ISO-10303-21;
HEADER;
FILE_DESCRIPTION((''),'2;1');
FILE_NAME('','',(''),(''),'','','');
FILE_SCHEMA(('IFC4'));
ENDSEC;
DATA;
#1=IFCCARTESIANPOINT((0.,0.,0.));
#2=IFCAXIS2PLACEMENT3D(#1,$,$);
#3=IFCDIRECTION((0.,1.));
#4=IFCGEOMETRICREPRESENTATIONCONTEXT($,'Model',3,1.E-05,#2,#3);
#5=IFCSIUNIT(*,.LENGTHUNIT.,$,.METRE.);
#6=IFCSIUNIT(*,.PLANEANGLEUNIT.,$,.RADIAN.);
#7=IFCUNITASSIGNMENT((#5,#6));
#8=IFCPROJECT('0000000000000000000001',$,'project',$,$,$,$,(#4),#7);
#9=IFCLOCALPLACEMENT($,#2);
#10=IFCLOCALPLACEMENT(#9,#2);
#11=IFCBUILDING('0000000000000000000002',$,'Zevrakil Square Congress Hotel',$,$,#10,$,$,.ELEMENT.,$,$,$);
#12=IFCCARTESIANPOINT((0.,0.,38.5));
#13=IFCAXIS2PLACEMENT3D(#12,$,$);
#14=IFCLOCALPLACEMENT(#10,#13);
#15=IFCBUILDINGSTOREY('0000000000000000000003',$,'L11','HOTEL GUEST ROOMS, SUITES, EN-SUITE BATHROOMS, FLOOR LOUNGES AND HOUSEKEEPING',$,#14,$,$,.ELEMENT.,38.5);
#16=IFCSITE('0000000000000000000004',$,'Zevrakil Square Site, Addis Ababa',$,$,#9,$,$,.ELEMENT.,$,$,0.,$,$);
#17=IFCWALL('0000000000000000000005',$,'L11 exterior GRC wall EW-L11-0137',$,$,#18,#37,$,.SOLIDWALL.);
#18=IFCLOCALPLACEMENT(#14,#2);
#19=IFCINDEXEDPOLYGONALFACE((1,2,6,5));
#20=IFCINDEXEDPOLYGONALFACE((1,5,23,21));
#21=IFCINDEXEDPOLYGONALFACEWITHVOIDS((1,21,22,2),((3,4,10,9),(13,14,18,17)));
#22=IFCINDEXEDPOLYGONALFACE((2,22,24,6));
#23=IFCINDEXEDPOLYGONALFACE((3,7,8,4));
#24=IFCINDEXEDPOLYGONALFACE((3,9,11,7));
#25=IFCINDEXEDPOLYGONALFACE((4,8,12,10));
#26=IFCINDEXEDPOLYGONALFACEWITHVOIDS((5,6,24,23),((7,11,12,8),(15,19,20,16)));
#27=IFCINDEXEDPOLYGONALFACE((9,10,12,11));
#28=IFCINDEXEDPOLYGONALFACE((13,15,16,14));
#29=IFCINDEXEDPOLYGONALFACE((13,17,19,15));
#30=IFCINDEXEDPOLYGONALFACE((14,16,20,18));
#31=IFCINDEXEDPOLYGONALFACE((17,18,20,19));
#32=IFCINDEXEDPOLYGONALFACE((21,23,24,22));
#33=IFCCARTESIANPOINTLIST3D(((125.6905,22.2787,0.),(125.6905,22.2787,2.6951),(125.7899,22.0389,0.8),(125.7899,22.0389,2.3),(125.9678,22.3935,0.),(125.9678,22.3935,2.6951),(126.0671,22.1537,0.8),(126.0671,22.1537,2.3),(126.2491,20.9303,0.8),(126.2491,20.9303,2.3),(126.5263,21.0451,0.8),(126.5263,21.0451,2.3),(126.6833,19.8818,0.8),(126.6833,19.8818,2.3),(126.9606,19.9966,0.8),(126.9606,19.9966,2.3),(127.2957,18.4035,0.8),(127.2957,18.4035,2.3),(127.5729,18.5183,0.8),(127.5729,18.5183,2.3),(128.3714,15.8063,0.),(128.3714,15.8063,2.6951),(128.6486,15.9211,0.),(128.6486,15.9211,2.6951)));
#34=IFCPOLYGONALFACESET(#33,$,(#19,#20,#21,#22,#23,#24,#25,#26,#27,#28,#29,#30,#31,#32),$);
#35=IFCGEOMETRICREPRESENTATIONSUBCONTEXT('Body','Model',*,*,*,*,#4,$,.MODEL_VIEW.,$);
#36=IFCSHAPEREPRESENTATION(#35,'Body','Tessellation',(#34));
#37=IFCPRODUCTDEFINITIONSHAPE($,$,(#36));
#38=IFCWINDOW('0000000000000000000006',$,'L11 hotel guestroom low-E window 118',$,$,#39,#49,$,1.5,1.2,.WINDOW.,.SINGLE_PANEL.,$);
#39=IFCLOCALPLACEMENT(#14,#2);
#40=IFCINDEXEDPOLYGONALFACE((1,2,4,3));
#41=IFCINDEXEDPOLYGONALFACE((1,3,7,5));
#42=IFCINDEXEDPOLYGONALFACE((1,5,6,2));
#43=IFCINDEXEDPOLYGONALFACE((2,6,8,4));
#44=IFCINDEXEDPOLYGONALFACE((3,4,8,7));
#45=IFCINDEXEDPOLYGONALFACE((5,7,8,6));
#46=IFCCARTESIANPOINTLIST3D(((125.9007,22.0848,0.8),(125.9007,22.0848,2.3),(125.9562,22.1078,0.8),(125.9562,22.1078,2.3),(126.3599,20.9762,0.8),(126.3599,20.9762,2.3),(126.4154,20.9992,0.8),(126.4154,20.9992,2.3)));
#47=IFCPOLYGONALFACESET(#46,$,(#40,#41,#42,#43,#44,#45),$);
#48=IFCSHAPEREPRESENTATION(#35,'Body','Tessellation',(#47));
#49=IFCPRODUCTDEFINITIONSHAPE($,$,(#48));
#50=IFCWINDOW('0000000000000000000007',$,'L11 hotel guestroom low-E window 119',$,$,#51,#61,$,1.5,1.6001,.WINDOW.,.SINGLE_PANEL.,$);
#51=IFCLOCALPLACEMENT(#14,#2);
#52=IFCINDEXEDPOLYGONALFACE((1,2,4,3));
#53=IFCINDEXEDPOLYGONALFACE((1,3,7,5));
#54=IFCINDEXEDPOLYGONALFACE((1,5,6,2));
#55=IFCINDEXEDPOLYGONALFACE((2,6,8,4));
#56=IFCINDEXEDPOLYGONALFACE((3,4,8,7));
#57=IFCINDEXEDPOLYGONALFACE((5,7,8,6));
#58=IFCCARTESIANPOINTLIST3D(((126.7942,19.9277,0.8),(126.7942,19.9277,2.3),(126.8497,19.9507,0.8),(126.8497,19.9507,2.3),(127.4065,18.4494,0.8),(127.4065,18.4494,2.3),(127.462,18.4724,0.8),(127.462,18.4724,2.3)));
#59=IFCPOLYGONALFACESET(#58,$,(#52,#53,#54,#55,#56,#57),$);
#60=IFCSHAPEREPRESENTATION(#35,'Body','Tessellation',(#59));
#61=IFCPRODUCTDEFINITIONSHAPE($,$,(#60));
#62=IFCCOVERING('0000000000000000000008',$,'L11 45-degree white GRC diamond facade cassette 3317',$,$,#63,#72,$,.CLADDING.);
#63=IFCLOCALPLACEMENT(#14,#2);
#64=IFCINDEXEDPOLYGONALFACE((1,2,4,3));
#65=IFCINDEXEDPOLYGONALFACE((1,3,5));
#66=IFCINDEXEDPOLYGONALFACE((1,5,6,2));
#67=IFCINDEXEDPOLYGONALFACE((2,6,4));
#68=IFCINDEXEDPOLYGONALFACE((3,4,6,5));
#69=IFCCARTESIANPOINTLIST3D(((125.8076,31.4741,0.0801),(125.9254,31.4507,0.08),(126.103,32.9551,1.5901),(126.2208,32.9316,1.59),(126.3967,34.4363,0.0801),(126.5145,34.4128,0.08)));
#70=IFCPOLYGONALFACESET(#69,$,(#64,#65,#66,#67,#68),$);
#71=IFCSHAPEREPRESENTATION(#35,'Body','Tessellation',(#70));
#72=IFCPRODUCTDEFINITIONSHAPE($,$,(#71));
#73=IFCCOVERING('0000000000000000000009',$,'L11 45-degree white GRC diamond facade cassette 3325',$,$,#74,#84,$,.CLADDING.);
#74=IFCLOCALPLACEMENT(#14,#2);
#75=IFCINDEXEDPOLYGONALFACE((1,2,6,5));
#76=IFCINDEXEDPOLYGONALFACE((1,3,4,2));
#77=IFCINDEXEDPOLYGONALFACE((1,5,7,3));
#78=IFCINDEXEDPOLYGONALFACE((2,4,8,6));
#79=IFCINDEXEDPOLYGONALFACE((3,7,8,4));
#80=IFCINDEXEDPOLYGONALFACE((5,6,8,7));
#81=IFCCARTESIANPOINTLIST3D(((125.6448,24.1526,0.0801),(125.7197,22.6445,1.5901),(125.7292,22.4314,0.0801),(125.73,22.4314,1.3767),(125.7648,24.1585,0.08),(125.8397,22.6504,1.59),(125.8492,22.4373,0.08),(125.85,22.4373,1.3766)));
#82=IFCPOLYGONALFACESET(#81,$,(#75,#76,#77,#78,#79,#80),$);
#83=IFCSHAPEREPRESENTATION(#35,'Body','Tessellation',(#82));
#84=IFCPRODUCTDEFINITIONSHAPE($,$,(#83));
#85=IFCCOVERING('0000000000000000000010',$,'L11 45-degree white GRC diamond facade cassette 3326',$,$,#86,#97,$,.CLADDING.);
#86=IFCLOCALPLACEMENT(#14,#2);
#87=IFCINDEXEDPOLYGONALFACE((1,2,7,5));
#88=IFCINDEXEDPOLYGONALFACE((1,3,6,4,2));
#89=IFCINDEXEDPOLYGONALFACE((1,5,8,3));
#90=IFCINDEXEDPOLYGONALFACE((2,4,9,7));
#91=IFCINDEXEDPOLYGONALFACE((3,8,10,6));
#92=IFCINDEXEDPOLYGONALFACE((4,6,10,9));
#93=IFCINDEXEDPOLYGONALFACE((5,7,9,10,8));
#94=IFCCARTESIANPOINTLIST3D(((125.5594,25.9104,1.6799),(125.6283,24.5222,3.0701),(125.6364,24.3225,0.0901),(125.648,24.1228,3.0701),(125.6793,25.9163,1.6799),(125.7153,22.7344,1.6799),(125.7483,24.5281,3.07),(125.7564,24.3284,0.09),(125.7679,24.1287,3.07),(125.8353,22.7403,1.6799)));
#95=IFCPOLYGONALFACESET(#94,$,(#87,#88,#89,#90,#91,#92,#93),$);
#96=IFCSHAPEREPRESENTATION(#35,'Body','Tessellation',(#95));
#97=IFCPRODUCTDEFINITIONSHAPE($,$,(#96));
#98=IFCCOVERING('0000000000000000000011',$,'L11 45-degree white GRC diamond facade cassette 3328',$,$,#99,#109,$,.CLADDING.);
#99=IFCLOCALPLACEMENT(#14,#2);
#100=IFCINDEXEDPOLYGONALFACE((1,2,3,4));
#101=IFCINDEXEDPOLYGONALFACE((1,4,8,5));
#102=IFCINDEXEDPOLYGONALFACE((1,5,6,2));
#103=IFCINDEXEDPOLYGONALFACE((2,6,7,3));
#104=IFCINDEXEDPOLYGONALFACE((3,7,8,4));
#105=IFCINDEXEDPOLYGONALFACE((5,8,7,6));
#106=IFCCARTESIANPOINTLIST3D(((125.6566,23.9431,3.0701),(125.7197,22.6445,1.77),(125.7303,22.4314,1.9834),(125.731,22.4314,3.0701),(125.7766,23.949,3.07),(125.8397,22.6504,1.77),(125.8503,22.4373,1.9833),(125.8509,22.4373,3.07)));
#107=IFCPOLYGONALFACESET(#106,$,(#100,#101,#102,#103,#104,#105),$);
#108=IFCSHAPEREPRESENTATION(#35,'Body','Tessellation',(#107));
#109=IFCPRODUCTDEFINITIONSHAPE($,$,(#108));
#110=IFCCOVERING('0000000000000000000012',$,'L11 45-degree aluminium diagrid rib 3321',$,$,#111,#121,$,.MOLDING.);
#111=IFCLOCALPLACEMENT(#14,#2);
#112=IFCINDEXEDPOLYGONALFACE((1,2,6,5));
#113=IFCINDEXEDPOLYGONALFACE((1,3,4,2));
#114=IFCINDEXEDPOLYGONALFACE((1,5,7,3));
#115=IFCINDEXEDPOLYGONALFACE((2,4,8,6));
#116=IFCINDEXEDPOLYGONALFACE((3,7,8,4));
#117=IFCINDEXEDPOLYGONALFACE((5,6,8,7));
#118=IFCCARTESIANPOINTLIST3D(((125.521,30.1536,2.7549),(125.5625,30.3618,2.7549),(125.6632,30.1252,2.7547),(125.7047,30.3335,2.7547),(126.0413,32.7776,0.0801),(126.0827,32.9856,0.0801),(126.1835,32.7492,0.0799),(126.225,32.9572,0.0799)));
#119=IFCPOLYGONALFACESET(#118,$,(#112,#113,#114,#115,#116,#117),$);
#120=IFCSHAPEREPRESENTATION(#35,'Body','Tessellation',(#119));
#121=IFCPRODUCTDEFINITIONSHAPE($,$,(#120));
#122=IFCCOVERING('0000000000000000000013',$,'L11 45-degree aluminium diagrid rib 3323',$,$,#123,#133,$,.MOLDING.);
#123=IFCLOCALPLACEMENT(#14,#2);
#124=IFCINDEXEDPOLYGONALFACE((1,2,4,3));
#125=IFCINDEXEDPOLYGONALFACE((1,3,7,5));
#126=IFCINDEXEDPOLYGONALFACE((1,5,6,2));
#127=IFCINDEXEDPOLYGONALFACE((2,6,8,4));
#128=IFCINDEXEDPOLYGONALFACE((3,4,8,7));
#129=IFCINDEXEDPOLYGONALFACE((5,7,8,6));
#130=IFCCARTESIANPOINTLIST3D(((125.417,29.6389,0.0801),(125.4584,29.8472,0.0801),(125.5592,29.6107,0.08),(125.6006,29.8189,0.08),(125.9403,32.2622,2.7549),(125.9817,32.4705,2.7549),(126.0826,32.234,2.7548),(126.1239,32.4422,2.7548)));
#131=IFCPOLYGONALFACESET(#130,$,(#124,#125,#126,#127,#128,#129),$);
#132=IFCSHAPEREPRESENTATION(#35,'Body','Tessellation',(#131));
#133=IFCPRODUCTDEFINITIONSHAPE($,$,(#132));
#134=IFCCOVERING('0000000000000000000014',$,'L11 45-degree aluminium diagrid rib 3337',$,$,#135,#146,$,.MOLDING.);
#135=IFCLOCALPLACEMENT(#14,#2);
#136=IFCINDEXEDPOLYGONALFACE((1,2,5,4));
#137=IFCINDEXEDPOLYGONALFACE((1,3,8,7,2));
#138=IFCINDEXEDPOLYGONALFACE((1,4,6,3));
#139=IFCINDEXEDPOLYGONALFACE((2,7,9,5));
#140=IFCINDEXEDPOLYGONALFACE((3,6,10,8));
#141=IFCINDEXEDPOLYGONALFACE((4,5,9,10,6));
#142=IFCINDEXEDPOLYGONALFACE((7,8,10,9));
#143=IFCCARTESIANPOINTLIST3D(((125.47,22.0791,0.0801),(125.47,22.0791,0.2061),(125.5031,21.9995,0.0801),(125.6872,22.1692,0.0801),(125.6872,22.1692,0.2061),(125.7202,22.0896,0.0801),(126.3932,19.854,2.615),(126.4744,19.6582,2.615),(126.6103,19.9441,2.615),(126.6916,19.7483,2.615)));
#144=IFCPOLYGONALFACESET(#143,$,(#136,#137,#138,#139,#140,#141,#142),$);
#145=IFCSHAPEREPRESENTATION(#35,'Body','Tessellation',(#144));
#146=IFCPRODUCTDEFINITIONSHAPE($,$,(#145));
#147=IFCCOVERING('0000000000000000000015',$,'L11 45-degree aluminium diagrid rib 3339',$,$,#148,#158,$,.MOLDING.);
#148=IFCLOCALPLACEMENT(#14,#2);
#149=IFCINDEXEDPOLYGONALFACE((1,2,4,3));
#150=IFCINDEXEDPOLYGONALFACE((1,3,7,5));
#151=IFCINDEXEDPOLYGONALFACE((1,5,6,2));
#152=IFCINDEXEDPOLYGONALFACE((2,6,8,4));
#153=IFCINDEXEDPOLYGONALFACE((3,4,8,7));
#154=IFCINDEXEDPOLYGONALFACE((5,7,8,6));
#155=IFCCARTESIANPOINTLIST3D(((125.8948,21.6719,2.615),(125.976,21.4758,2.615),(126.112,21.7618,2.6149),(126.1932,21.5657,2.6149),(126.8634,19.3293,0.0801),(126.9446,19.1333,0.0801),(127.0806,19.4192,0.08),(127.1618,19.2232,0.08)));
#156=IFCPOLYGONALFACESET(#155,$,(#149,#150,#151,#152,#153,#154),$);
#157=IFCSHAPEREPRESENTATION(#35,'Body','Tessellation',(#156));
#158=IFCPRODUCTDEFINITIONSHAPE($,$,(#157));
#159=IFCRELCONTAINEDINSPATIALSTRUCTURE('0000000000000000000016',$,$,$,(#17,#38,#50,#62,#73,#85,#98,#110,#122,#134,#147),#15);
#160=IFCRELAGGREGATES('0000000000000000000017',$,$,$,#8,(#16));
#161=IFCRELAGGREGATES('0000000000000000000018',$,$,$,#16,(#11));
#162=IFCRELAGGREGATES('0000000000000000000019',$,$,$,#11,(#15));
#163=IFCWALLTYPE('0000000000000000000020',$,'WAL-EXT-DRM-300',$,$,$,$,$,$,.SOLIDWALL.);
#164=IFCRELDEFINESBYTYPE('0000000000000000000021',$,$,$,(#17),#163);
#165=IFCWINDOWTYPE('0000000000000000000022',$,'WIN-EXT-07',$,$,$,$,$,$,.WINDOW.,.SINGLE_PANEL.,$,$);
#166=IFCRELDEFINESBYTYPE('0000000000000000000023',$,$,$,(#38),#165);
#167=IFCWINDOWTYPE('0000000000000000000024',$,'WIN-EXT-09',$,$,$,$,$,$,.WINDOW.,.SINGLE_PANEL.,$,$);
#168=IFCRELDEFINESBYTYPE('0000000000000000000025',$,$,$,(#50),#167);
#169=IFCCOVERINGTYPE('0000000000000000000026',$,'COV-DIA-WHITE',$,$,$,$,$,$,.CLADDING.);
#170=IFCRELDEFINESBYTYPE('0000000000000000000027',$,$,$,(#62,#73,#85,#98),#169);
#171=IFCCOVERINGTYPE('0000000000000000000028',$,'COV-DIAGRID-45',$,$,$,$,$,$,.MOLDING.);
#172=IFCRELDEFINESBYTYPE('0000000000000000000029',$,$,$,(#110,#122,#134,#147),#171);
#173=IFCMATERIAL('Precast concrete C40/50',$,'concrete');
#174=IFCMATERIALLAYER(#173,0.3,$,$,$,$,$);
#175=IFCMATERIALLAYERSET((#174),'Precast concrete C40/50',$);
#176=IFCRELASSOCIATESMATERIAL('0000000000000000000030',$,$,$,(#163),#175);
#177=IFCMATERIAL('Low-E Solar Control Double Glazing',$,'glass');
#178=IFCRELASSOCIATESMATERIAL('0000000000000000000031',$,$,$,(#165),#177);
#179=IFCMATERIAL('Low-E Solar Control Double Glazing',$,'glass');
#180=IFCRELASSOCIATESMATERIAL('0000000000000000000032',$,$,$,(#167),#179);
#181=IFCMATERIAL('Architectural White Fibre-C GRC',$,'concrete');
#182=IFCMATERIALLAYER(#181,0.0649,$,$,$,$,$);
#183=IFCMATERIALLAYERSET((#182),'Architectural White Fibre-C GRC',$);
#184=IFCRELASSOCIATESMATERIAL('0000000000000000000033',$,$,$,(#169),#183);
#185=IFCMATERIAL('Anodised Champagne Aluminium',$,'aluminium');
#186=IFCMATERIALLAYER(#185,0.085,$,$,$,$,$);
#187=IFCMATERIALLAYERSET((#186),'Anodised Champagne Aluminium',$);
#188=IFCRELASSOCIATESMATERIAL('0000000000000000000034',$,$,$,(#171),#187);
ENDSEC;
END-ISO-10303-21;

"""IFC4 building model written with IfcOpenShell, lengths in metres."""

from ifc_helpers import new_model, si_unit, direction, frame, frame_2d, origin, place, context, subcontext, project, spatial, polyline, rectangle, outline, extrude, material, layer, layer_set, type_object, element, fill, save


model = new_model("IFC4")

# Units and contexts
model_context = context("Model", 3, precision=1e-05, world=origin(), true_north=direction((0.0, 1.0)))
body_context = subcontext(model_context, "Body", "Model", "MODEL_VIEW")
ifc_project = project(units=[si_unit("LENGTHUNIT", "METRE"), si_unit("PLANEANGLEUNIT", "RADIAN")], contexts=[model_context])

# Site, building, storey
site_placement = place(None, origin())
site = spatial("IfcSite", under=ifc_project, at=site_placement, Name="Zevrakil Square Site, Addis Ababa", CompositionType="ELEMENT", RefElevation=0.0)
building_placement = place(site_placement, origin())
building = spatial("IfcBuilding", under=site, at=building_placement, Name="Zevrakil Square Congress Hotel", CompositionType="ELEMENT")
storey_placement = place(building_placement, frame((0.0, 0.0, 38.5)))
storey = spatial("IfcBuildingStorey", under=building, at=storey_placement, Name="L11", Description="HOTEL GUEST ROOMS, SUITES, EN-SUITE BATHROOMS, FLOOR LOUNGES AND HOUSEKEEPING", CompositionType="ELEMENT", Elevation=38.5)

# Wall, openings, windows
ifc_material_1 = material(Name="Precast concrete C40/50", Category="concrete")
ifc_layer_1 = layer(ifc_material_1, 0.3)
ifc_layer_set_1 = layer_set([ifc_layer_1], Name="Precast concrete C40/50")
wall_type = type_object("IfcWallType", Name="WAL-EXT-DRM-300", PredefinedType="SOLIDWALL", material=ifc_layer_set_1)
wall_placement = place(storey_placement, frame((125.8291, 22.3362, 0.0), z_axis=(0.0, 0.0, 1.0), x_axis=(0.382677, -0.923882, 0.0)))
wall = element("IfcWall", 1, at=wall_placement, inside=storey, type_object=wall_type, Name="L11 exterior GRC wall EW-L11-0137", PredefinedType="SOLIDWALL", context=body_context, shape_type="SweptSolid", body=[
    extrude(rectangle(XDim=7.0056, YDim=0.3, at=frame_2d((3.5029, 0.0))), origin(), (0.0, 0.0, 1.0), 2.6951),
])
opening_1_placement = place(wall_placement, frame((0.2595, 0.0, 0.8)))
opening_1 = element("IfcOpeningElement", 2, at=opening_1_placement, cuts=wall, PredefinedType="OPENING", context=body_context, shape_type="SweptSolid", body=[
    extrude(rectangle(XDim=1.2, YDim=1.5, at=frame_2d((0.6001, 0.75))), frame((0.0, 0.1602, 0.0), z_axis=(0.0, -1.0, 0.0), x_axis=(1.0, 0.0, 0.0)), (0.0, 0.0, 1.0), 0.3201),
])
opening_2_placement = place(wall_placement, frame((2.5945, 0.0, 0.8)))
opening_2 = element("IfcOpeningElement", 3, at=opening_2_placement, cuts=wall, PredefinedType="OPENING", context=body_context, shape_type="SweptSolid", body=[
    extrude(rectangle(XDim=1.6001, YDim=1.5, at=frame_2d((0.8, 0.75))), frame((0.0, 0.1602, 0.0), z_axis=(0.0, -1.0, 0.0), x_axis=(1.0, 0.0, 0.0)), (0.0, 0.0, 1.0), 0.3201),
])
ifc_material_2 = material(Name="Low-E Solar Control Double Glazing", Category="glass")
window_type_1 = type_object("IfcWindowType", Name="WIN-EXT-07", PartitioningType="SINGLE_PANEL", PredefinedType="WINDOW", material=ifc_material_2)
window_1_placement = place(opening_1_placement, origin())
window_1 = element("IfcWindow", 4, at=window_1_placement, inside=storey, type_object=window_type_1, Name="L11 hotel guestroom low-E window 118", OverallHeight=1.5, OverallWidth=1.2, PartitioningType="SINGLE_PANEL", PredefinedType="WINDOW", context=body_context, shape_type="SweptSolid", body=[
    extrude(rectangle(XDim=1.2, YDim=1.5, at=frame_2d((0.6001, 0.75))), frame((0.0, 0.03, 0.0), z_axis=(0.0, -1.0, 0.0), x_axis=(1.0, 0.0, 0.0)), (0.0, 0.0, 1.0), 0.0601),
])
fill(opening_1, window_1)
ifc_material_3 = material(Name="Low-E Solar Control Double Glazing", Category="glass")
window_type_2 = type_object("IfcWindowType", Name="WIN-EXT-09", PartitioningType="SINGLE_PANEL", PredefinedType="WINDOW", material=ifc_material_3)
window_2_placement = place(opening_2_placement, origin())
window_2 = element("IfcWindow", 5, at=window_2_placement, inside=storey, type_object=window_type_2, Name="L11 hotel guestroom low-E window 119", OverallHeight=1.5, OverallWidth=1.6001, PartitioningType="SINGLE_PANEL", PredefinedType="WINDOW", context=body_context, shape_type="SweptSolid", body=[
    extrude(rectangle(XDim=1.6001, YDim=1.5, at=frame_2d((0.8, 0.75))), frame((0.0, 0.03, 0.0), z_axis=(0.0, -1.0, 0.0), x_axis=(1.0, 0.0, 0.0)), (0.0, 0.0, 1.0), 0.0601),
])
fill(opening_2, window_2)

# Coverings
ifc_material_4 = material(Name="Architectural White Fibre-C GRC", Category="concrete")
ifc_layer_2 = layer(ifc_material_4, 0.0649)
ifc_layer_set_2 = layer_set([ifc_layer_2], Name="Architectural White Fibre-C GRC")
covering_type_1 = type_object("IfcCoveringType", Name="COV-DIA-WHITE", PredefinedType="CLADDING", material=ifc_layer_set_2)
covering_1_placement = place(storey_placement, frame((126.103, 32.9551, 1.5901), z_axis=(-0.980791, 0.195059, 0.000571), x_axis=(-0.138329, -0.693474, -0.707078)))
element("IfcCovering", 6, at=covering_1_placement, inside=storey, type_object=covering_type_1, Name="L11 45-degree white GRC diamond facade cassette 3317", PredefinedType="CLADDING", context=body_context, shape_type="SweptSolid", body=[
    extrude(outline(polyline([(0.0, 0.0), (2.1356, 0.0), (-0.0001, -2.1355), (0.0, 0.0)])), origin(), (0.0, 0.0, -1.0), 0.1201),
])
covering_2_placement = place(storey_placement, frame((125.7197, 22.6445, 1.5901), z_axis=(-0.9988, -0.04898, 0.000615), x_axis=(0.0342, -0.706283, -0.707103)))
element("IfcCovering", 7, at=covering_2_placement, inside=storey, type_object=covering_type_1, Name="L11 45-degree white GRC diamond facade cassette 3325", PredefinedType="CLADDING", context=body_context, shape_type="SweptSolid", body=[
    extrude(outline(polyline([(0.0, 0.0), (0.3018, 0.0), (1.2186, -0.9169), (0.0001, -2.1354), (0.0, 0.0)])), origin(), (0.0, 0.0, -1.0), 0.1201),
])
covering_3_placement = place(storey_placement, frame((125.7153, 22.7344, 1.6799), z_axis=(-0.998796, -0.049049, 0.000575), x_axis=(-0.035092, 0.706291, -0.707052)))
element("IfcCovering", 8, at=covering_3_placement, inside=storey, type_object=covering_type_1, Name="L11 45-degree white GRC diamond facade cassette 3326", PredefinedType="CLADDING", context=body_context, shape_type="SweptSolid", body=[
    extrude(outline(polyline([(0.0, 0.0), (2.2486, 0.0), (2.2487, -2.2483), (0.2829, -2.2486), (0.0001, -1.9659), (0.0, 0.0)])), origin(), (0.0, 0.0, -1.0), 0.1201),
])
covering_4_placement = place(storey_placement, frame((125.7197, 22.6445, 1.77), z_axis=(-0.998792, -0.049126, 0.000574), x_axis=(-0.034333, 0.70629, 0.70709)))
element("IfcCovering", 9, at=covering_4_placement, inside=storey, type_object=covering_type_1, Name="L11 45-degree white GRC diamond facade cassette 3328", PredefinedType="CLADDING", context=body_context, shape_type="SweptSolid", body=[
    extrude(outline(polyline([(0.0, 0.0), (1.8386, 0.0), (0.7683, -1.0702), (0.0, -0.3018), (0.0, 0.0)])), origin(), (0.0, 0.0, -1.0), 0.1201),
])
ifc_material_5 = material(Name="Anodised Champagne Aluminium", Category="aluminium")
ifc_layer_3 = layer(ifc_material_5, 0.085)
ifc_layer_set_3 = layer_set([ifc_layer_3], Name="Anodised Champagne Aluminium")
covering_type_2 = type_object("IfcCoveringType", Name="COV-DIAGRID-45", PredefinedType="MOLDING", material=ifc_layer_set_3)
covering_5_placement = place(storey_placement, frame((126.0413, 32.7776, 0.0801), z_axis=(-0.980691, 0.195563, 0.001092), x_axis=(0.195563, 0.980691, 0.0)))
element("IfcCovering", 10, at=covering_5_placement, inside=storey, type_object=covering_type_2, Name="L11 45-degree aluminium diagrid rib 3321", PredefinedType="MOLDING", context=body_context, shape_type="SweptSolid", body=[
    extrude(outline(polyline([(0.0, 0.0), (0.2121, 0.0), (-2.4628, -2.6748), (-2.6751, -2.6748), (0.0, 0.0)])), origin(), (0.0, 0.0, -1.0), 0.145),
])
covering_6_placement = place(storey_placement, frame((125.9817, 32.4705, 2.7549), z_axis=(-0.980823, 0.1949, 0.000748), x_axis=(-0.1949, -0.980823, 0.0)))
element("IfcCovering", 11, at=covering_6_placement, inside=storey, type_object=covering_type_2, Name="L11 45-degree aluminium diagrid rib 3323", PredefinedType="MOLDING", context=body_context, shape_type="SweptSolid", body=[
    extrude(outline(polyline([(0.0, 0.0), (0.2123, 0.0), (2.8873, -2.6748), (2.675, -2.6748), (0.0, 0.0)])), origin(), (0.0, 0.0, -1.0), 0.145),
])
covering_7_placement = place(storey_placement, frame((125.7202, 22.0896, 0.0801), z_axis=(0.923661, 0.383211, 0.000005), x_axis=(-0.383211, 0.923661, 0.0)))
element("IfcCovering", 12, at=covering_7_placement, inside=storey, type_object=covering_type_2, Name="L11 45-degree aluminium diagrid rib 3337", PredefinedType="MOLDING", context=body_context, shape_type="SweptSolid", body=[
    extrude(outline(polyline([(0.0, 0.0), (0.0861, 0.0), (0.0861, 0.126), (-2.3228, 2.5349), (-2.5348, 2.5349), (0.0, 0.0)])), origin(), (0.0, 0.0, -1.0), 0.2351),
])
covering_8_placement = place(storey_placement, frame((125.8948, 21.6719, 2.615), z_axis=(-0.923926, -0.382572, 0.000491), x_axis=(0.382572, -0.923926, 0.0)))
element("IfcCovering", 13, at=covering_8_placement, inside=storey, type_object=covering_type_2, Name="L11 45-degree aluminium diagrid rib 3339", PredefinedType="MOLDING", context=body_context, shape_type="SweptSolid", body=[
    extrude(outline(polyline([(0.0, 0.0), (0.2122, 0.0), (2.7471, -2.5349), (2.5349, -2.5349), (0.0, 0.0)])), origin(), (0.0, 0.0, -1.0), 0.2351),
])

save(model, "model.ifc")
